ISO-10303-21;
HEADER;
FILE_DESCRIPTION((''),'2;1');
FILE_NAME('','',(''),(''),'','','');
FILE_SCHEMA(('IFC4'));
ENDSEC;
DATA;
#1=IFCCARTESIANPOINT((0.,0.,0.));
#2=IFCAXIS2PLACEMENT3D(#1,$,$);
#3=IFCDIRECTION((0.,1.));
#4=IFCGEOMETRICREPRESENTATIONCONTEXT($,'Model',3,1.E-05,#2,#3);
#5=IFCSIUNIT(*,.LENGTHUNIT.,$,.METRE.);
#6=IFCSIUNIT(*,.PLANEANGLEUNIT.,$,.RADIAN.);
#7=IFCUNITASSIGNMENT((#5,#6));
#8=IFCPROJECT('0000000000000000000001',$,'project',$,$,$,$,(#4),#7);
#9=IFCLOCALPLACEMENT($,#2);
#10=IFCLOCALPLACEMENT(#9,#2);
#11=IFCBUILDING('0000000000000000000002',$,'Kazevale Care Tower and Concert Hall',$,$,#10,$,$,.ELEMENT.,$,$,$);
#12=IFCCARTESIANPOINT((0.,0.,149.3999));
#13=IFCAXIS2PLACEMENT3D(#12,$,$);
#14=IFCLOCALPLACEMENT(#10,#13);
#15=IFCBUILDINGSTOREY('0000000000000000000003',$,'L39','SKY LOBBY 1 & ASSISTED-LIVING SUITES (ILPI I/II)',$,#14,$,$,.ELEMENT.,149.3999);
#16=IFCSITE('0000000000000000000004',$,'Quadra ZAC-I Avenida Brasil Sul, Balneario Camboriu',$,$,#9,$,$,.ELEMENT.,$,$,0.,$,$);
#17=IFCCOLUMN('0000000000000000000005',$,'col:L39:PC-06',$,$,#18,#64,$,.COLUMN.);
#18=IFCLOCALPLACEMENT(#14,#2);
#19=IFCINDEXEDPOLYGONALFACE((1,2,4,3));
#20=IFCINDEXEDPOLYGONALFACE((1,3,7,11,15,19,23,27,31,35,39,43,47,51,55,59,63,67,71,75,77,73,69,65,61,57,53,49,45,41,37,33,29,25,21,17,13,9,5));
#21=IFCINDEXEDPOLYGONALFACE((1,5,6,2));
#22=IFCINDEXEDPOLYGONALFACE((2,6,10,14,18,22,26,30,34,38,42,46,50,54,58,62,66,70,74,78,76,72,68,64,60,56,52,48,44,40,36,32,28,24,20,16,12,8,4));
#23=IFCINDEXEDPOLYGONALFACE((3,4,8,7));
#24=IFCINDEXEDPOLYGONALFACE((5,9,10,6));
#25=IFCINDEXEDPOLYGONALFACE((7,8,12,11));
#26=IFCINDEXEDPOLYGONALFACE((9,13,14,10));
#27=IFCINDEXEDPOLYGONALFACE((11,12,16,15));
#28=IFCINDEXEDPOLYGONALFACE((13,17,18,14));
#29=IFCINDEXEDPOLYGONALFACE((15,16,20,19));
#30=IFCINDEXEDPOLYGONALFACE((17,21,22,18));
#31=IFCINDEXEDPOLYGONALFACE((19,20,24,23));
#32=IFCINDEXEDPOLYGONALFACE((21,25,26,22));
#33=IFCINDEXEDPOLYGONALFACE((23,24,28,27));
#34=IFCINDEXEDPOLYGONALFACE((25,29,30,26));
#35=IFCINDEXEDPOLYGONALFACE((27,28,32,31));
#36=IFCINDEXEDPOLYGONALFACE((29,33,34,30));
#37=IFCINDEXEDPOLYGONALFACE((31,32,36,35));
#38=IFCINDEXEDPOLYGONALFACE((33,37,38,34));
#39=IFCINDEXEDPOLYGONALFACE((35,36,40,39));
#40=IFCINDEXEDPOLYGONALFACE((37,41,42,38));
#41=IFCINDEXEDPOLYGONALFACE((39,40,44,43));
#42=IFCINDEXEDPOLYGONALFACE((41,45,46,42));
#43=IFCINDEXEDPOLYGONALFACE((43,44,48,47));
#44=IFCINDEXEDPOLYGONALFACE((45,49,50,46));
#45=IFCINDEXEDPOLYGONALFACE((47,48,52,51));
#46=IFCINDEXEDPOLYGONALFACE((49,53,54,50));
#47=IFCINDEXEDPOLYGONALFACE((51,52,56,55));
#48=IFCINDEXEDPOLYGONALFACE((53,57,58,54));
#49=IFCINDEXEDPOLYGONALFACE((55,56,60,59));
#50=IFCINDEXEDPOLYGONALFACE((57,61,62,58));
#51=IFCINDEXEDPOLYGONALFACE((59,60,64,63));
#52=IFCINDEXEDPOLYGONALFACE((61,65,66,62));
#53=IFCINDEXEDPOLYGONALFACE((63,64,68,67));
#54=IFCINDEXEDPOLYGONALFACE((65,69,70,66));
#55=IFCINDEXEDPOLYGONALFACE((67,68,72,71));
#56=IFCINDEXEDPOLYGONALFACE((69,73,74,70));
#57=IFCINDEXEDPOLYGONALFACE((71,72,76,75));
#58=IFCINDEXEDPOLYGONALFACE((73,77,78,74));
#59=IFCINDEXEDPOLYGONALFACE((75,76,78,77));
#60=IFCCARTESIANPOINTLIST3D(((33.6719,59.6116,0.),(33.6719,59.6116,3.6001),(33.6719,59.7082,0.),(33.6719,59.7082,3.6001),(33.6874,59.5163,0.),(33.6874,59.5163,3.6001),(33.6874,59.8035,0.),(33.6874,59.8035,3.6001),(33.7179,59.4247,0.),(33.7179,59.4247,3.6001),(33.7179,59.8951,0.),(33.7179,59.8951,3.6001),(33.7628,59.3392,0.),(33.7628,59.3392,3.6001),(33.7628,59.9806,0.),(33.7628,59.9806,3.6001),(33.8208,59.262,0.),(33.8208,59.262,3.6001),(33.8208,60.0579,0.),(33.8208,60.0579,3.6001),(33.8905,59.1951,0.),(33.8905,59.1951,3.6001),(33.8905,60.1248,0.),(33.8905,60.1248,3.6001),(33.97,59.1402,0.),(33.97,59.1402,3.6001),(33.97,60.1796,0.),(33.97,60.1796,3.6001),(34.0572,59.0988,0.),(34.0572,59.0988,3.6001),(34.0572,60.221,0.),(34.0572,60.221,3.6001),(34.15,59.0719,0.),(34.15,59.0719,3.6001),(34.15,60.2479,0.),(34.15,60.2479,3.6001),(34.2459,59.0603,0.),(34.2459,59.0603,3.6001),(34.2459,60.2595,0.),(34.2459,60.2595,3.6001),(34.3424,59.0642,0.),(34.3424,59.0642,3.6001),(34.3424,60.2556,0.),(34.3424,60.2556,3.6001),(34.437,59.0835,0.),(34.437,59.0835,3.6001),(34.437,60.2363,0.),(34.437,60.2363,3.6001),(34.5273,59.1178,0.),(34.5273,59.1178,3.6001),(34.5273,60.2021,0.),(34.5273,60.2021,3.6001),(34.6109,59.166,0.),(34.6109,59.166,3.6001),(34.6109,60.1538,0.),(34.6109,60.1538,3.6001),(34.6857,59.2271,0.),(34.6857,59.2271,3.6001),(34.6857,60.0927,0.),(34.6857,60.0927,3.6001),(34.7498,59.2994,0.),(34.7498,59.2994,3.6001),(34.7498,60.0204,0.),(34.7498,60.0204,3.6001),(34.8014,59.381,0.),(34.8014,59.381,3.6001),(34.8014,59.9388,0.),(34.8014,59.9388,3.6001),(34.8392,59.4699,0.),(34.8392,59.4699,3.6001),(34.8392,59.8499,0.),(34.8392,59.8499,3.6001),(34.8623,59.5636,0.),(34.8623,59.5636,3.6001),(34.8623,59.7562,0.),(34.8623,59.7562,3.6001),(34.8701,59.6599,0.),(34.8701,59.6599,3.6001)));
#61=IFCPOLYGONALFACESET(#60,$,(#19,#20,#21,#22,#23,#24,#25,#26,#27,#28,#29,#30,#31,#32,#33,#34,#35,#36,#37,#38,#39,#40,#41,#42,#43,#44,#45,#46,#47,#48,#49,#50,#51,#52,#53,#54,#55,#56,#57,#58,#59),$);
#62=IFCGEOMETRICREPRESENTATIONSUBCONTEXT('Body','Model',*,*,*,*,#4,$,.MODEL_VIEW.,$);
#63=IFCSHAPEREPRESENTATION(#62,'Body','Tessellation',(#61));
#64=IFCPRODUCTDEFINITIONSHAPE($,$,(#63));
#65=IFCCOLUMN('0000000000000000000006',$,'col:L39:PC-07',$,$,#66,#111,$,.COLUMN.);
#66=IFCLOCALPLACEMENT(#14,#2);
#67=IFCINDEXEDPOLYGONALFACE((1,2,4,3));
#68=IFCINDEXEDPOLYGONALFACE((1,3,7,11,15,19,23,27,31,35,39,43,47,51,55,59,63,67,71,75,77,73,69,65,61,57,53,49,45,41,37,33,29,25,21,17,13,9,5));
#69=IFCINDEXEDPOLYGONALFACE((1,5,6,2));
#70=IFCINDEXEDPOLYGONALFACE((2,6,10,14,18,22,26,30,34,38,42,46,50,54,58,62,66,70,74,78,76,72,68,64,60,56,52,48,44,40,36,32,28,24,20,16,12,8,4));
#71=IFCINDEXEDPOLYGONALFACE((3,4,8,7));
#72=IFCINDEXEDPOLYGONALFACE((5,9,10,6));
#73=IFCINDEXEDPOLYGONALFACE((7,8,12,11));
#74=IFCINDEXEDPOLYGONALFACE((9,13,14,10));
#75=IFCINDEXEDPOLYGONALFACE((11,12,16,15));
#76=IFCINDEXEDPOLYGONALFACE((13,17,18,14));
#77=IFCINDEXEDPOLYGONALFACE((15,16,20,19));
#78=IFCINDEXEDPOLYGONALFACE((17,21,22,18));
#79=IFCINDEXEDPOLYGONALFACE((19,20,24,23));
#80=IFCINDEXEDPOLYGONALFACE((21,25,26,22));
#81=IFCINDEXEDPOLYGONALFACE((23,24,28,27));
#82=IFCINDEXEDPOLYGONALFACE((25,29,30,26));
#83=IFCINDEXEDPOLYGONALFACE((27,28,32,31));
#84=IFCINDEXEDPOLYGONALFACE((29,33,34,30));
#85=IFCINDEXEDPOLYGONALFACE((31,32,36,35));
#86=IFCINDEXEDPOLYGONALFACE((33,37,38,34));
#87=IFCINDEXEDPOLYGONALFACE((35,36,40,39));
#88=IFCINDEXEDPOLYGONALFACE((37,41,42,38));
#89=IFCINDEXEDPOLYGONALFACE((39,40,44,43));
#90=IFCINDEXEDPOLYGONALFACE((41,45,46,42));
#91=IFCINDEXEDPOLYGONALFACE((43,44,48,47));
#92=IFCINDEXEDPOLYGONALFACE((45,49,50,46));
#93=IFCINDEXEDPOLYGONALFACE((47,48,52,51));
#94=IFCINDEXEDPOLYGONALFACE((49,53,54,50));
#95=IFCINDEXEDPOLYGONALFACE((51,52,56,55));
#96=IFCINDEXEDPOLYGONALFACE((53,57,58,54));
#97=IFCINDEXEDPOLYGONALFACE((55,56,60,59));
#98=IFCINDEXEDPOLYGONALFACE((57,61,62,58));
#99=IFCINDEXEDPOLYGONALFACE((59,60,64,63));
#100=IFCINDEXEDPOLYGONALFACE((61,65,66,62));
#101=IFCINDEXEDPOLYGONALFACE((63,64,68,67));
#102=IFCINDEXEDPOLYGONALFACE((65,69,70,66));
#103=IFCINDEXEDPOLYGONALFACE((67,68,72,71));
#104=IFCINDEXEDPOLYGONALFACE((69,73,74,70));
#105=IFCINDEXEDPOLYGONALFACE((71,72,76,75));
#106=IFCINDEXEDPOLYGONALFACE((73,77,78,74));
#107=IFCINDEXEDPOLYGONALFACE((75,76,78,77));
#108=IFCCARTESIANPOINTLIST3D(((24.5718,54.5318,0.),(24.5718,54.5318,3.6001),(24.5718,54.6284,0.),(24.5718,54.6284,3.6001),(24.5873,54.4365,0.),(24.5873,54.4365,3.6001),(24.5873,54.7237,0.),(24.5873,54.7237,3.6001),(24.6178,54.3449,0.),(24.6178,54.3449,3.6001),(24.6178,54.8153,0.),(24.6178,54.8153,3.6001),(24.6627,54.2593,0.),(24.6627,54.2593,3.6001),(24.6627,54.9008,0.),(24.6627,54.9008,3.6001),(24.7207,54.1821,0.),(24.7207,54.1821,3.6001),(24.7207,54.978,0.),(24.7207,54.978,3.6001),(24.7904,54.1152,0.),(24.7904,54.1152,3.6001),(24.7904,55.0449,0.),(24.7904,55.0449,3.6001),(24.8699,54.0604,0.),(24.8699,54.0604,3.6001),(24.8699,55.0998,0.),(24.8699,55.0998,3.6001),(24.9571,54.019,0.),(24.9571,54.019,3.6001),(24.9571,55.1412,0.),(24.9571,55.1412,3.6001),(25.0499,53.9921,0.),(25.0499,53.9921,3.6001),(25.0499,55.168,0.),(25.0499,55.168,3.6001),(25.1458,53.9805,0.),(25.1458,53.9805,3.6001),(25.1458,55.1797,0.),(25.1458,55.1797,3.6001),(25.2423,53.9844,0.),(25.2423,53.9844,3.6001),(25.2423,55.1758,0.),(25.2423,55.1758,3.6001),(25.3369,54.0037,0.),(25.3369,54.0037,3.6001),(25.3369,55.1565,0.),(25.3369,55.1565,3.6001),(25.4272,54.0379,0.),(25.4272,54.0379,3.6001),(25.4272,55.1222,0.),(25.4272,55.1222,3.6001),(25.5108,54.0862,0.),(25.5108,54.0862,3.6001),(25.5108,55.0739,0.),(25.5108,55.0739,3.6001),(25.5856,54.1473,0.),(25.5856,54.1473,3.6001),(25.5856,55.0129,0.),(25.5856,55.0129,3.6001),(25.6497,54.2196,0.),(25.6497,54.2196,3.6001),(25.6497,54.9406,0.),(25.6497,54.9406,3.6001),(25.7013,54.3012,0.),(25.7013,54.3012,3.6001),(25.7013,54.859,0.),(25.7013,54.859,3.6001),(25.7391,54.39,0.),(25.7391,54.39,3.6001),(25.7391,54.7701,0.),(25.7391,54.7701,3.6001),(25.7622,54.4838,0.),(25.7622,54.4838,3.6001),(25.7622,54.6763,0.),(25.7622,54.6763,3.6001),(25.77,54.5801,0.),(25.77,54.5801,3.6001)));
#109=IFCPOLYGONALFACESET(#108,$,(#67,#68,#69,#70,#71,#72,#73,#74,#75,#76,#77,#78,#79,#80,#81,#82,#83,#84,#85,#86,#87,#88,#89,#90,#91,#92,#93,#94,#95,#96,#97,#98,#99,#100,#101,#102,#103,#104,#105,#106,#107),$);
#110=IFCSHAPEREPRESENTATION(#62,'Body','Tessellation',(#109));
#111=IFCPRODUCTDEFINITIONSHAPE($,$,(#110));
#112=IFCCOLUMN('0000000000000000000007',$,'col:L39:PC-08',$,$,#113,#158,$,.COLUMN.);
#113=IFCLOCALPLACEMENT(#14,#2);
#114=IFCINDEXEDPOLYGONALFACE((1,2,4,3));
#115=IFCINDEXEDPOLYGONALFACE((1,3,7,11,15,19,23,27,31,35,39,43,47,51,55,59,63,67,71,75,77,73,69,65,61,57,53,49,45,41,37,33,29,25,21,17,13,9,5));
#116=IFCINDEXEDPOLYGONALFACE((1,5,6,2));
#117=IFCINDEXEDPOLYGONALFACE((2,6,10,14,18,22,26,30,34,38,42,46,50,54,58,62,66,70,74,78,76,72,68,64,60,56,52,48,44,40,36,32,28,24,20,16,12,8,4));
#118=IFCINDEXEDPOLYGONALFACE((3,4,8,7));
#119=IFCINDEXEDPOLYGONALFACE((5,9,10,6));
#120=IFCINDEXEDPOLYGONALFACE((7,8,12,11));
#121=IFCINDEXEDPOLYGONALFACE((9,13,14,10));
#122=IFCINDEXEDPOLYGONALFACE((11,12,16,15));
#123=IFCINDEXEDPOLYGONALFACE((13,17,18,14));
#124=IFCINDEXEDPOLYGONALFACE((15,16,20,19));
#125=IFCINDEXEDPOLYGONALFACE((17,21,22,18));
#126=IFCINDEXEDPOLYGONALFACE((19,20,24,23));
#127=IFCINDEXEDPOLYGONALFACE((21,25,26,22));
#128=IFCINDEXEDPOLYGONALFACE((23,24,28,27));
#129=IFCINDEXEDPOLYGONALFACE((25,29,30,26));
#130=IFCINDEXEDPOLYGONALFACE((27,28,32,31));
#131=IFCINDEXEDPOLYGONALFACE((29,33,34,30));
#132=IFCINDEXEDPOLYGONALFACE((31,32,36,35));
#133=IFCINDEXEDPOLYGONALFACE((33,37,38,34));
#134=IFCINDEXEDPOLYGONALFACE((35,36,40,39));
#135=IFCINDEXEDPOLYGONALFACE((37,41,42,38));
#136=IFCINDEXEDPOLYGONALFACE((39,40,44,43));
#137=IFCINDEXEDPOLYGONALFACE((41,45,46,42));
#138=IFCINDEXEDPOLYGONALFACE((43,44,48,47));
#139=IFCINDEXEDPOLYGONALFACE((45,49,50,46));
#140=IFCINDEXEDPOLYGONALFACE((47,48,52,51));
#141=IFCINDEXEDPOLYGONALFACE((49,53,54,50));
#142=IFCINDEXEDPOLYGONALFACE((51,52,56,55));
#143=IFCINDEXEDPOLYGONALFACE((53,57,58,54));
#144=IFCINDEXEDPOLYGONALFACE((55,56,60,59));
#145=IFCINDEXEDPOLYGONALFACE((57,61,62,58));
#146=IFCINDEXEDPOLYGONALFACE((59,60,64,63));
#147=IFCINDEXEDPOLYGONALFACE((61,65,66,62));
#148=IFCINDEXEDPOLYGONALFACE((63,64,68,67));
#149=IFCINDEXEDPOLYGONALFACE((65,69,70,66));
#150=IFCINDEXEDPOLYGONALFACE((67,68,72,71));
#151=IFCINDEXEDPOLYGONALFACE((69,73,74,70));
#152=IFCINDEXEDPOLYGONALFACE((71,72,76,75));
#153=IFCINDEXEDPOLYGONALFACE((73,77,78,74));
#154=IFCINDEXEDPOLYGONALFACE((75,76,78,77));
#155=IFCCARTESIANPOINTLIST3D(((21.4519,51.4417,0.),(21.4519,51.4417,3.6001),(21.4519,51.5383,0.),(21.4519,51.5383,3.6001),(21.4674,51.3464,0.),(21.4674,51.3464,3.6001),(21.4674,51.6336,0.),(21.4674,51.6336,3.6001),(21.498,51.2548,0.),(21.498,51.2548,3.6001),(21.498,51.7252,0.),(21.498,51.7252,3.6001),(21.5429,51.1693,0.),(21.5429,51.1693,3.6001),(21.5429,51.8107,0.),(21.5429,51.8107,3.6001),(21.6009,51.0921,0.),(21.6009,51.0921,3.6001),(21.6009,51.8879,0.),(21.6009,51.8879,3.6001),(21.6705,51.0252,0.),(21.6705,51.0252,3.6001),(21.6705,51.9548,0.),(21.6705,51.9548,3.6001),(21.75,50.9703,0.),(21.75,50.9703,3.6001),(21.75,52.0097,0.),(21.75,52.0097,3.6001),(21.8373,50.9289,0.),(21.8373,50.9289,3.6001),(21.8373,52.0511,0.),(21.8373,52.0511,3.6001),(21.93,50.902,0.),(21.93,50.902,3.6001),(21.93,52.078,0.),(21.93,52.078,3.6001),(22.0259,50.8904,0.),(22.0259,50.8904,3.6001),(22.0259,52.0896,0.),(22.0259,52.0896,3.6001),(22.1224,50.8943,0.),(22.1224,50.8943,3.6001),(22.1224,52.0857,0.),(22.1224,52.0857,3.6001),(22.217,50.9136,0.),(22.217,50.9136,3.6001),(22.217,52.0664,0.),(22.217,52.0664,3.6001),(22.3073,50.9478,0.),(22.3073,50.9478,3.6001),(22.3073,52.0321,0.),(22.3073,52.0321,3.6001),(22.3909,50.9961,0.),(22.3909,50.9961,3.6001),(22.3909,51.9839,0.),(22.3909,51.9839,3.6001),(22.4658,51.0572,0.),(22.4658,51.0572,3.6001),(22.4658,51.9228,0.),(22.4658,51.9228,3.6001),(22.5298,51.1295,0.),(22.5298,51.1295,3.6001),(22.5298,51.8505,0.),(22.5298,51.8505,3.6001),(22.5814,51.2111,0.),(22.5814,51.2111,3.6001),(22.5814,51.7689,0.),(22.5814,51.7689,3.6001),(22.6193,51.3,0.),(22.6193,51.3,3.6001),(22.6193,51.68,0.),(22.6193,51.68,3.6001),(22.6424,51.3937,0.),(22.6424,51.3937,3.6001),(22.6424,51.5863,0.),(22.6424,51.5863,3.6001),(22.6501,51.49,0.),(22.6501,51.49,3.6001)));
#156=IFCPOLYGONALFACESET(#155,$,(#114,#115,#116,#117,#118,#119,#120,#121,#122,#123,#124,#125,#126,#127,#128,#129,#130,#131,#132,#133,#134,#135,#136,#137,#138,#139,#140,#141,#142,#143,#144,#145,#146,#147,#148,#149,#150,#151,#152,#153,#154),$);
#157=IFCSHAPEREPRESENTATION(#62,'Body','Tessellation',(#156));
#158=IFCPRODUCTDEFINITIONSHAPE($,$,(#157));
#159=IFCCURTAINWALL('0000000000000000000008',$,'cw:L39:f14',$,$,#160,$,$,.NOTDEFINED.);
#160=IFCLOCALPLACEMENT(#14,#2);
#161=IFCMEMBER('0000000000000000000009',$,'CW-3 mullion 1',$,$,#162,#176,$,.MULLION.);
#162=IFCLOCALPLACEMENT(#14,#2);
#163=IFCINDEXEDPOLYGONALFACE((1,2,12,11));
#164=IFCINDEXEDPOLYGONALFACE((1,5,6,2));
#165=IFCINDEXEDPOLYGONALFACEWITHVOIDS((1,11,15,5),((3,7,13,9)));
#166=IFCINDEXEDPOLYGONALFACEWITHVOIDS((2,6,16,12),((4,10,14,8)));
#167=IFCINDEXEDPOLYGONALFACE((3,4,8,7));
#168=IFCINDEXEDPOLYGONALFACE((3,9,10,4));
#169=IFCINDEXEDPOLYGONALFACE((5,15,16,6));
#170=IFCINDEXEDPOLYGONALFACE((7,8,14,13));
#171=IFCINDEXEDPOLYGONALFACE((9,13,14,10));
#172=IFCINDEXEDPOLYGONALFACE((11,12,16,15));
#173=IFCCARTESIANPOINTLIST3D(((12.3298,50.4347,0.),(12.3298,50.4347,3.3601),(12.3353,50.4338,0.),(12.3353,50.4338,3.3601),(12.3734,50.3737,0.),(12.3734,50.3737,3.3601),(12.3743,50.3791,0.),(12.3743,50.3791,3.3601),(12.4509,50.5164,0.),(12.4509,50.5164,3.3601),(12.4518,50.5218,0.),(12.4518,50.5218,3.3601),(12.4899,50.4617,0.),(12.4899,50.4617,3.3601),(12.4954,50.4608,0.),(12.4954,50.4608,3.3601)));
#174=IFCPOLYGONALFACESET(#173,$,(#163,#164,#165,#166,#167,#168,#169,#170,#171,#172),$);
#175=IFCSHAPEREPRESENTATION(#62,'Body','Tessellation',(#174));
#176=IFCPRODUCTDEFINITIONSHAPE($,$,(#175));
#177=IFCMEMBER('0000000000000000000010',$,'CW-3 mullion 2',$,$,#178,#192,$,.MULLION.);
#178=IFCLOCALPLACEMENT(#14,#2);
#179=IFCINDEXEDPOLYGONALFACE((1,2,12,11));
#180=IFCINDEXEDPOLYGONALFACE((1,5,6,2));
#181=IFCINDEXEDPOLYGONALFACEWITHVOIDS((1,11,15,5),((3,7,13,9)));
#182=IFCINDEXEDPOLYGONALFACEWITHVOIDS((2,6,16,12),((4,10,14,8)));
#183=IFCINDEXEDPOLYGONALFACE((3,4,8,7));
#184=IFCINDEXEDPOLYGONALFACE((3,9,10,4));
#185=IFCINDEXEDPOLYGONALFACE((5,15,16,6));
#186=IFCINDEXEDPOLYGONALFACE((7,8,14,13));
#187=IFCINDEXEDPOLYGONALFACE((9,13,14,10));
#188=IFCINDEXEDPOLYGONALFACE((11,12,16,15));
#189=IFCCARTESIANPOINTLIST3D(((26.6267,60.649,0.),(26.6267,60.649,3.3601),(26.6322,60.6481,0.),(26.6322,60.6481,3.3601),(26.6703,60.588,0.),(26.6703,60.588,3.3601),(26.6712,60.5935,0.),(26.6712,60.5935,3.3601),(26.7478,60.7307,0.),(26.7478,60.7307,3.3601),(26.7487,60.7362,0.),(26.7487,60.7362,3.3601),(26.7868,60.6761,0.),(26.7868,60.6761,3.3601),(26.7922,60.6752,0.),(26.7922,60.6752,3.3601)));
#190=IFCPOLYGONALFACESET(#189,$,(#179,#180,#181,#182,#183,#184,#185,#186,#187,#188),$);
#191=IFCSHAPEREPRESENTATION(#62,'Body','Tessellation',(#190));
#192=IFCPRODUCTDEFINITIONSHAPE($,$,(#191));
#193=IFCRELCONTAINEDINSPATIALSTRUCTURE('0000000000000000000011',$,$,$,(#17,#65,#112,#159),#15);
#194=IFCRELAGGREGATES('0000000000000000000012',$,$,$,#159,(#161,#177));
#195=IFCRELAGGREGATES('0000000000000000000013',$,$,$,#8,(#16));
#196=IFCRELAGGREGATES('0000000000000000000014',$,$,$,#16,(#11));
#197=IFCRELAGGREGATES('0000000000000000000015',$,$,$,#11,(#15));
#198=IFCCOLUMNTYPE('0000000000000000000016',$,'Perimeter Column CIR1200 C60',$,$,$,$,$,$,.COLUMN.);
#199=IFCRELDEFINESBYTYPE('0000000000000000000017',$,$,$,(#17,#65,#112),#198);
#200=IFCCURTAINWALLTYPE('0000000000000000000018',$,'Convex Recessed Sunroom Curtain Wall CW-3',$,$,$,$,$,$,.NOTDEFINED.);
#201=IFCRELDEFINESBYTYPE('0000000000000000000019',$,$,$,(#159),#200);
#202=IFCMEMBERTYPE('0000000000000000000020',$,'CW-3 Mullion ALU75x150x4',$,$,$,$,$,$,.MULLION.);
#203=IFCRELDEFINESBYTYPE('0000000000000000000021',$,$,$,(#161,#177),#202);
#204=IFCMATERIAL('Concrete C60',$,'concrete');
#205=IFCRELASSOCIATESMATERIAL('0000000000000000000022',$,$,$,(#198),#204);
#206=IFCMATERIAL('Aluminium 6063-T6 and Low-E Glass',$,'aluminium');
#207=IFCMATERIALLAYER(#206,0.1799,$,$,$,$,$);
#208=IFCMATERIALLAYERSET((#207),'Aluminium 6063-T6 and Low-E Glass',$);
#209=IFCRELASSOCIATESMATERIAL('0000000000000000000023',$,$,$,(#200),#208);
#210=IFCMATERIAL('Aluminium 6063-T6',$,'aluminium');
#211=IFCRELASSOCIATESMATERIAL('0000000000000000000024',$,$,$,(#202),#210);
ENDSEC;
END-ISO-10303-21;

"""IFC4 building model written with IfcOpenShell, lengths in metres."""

from ifc_helpers import new_model, si_unit, direction, frame, origin, origin_2d, place, context, subcontext, project, spatial, hollow_rectangle, circle, extrude, material, layer, layer_set, material_profile, profile_set, type_object, element, aggregate, save


model = new_model("IFC4")

# Units and contexts
model_context = context("Model", 3, precision=1e-05, world=origin(), true_north=direction((0.0, 1.0)))
body_context = subcontext(model_context, "Body", "Model", "MODEL_VIEW")
ifc_project = project(units=[si_unit("LENGTHUNIT", "METRE"), si_unit("PLANEANGLEUNIT", "RADIAN")], contexts=[model_context])

# Site, building, storey
site_placement = place(None, origin())
site = spatial("IfcSite", under=ifc_project, at=site_placement, Name="Quadra ZAC-I Avenida Brasil Sul, Balneario Camboriu", CompositionType="ELEMENT", RefElevation=0.0)
building_placement = place(site_placement, origin())
building = spatial("IfcBuilding", under=site, at=building_placement, Name="Kazevale Care Tower and Concert Hall", CompositionType="ELEMENT")
storey_placement = place(building_placement, frame((0.0, 0.0, 149.3999)))
storey = spatial("IfcBuildingStorey", under=building, at=storey_placement, Name="L39", Description="SKY LOBBY 1 & ASSISTED-LIVING SUITES (ILPI I/II)", CompositionType="ELEMENT", Elevation=149.3999)

# Columns
ifc_material_1 = material(Name="Concrete C60", Category="concrete")
ifc_material_profile_1 = material_profile(ifc_material_1, circle(Radius=0.6001, at=origin_2d()), Name="RC-CIR1200")
ifc_profile_set_1 = profile_set([ifc_material_profile_1], Name="Concrete C60")
column_type = type_object("IfcColumnType", Name="Perimeter Column CIR1200 C60", PredefinedType="COLUMN", material=ifc_profile_set_1)
for number, where, z_axis, x_axis, name in (
    (1, (34.27, 59.6599, 0.0), (0.0, 0.0, 1.0), (1.0, 0.0, 0.0), "col:L39:PC-06"),
    (2, (25.1699, 54.5801, 0.0), (0.0, 0.0, 1.0), (1.0, 0.0, 0.0), "col:L39:PC-07"),
    (3, (22.05, 51.49, 0.0), (0.0, 0.0, 1.0), (1.0, 0.0, 0.0), "col:L39:PC-08"),
):
    element("IfcColumn", number, at=place(storey_placement, frame(where, z_axis=z_axis, x_axis=x_axis)), inside=storey, type_object=column_type, Name=name, PredefinedType="COLUMN", context=body_context, shape_type="SweptSolid", body=[
        extrude(circle(Radius=0.6001, at=origin_2d()), origin(), (0.0, 0.0, 1.0), 3.6001),
    ])

# Curtain wall, members
ifc_material_2 = material(Name="Aluminium 6063-T6 and Low-E Glass", Category="aluminium")
ifc_layer_1 = layer(ifc_material_2, 0.1799)
ifc_layer_set_1 = layer_set([ifc_layer_1], Name="Aluminium 6063-T6 and Low-E Glass")
curtain_wall_type = type_object("IfcCurtainWallType", Name="Convex Recessed Sunroom Curtain Wall CW-3", PredefinedType="NOTDEFINED", material=ifc_layer_set_1)
curtain_wall_placement = place(storey_placement, origin())
curtain_wall = element("IfcCurtainWall", 4, at=curtain_wall_placement, inside=storey, type_object=curtain_wall_type, Name="cw:L39:f14", PredefinedType="NOTDEFINED")
ifc_material_3 = material(Name="Aluminium 6063-T6", Category="aluminium")
ifc_material_profile_2 = material_profile(ifc_material_3, hollow_rectangle(XDim=0.075, YDim=0.1499, WallThickness=0.0039, at=origin_2d()), Name="ALU75x150x4")
ifc_profile_set_2 = profile_set([ifc_material_profile_2], Name="Aluminium 6063-T6")
member_type_1 = type_object("IfcMemberType", Name="CW-3 Mullion ALU75x150x4", PredefinedType="MULLION", material=ifc_profile_set_2)
member_1_placement = place(storey_placement, frame((12.4126, 50.4478, 0.0), z_axis=(0.0, 0.0, 1.0), x_axis=(-0.581324, 0.813672, 0.0)))
member_1 = element("IfcMember", 5, at=member_1_placement, type_object=member_type_1, Name="CW-3 mullion 1", PredefinedType="MULLION", context=body_context, shape_type="SweptSolid", body=[
    extrude(hollow_rectangle(XDim=0.075, YDim=0.1499, WallThickness=0.0039, at=origin_2d()), origin(), (0.0, 0.0, 1.0), 3.3601),
])
member_2_placement = place(storey_placement, frame((26.7095, 60.6621, 0.0), z_axis=(0.0, 0.0, 1.0), x_axis=(-0.581324, 0.813672, 0.0)))
member_2 = element("IfcMember", 6, at=member_2_placement, type_object=member_type_1, Name="CW-3 mullion 2", PredefinedType="MULLION", context=body_context, shape_type="SweptSolid", body=[
    extrude(hollow_rectangle(XDim=0.075, YDim=0.1499, WallThickness=0.0039, at=origin_2d()), origin(), (0.0, 0.0, 1.0), 3.3601),
])

aggregate(curtain_wall, [member_1, member_2])

save(model, "model.ifc")
